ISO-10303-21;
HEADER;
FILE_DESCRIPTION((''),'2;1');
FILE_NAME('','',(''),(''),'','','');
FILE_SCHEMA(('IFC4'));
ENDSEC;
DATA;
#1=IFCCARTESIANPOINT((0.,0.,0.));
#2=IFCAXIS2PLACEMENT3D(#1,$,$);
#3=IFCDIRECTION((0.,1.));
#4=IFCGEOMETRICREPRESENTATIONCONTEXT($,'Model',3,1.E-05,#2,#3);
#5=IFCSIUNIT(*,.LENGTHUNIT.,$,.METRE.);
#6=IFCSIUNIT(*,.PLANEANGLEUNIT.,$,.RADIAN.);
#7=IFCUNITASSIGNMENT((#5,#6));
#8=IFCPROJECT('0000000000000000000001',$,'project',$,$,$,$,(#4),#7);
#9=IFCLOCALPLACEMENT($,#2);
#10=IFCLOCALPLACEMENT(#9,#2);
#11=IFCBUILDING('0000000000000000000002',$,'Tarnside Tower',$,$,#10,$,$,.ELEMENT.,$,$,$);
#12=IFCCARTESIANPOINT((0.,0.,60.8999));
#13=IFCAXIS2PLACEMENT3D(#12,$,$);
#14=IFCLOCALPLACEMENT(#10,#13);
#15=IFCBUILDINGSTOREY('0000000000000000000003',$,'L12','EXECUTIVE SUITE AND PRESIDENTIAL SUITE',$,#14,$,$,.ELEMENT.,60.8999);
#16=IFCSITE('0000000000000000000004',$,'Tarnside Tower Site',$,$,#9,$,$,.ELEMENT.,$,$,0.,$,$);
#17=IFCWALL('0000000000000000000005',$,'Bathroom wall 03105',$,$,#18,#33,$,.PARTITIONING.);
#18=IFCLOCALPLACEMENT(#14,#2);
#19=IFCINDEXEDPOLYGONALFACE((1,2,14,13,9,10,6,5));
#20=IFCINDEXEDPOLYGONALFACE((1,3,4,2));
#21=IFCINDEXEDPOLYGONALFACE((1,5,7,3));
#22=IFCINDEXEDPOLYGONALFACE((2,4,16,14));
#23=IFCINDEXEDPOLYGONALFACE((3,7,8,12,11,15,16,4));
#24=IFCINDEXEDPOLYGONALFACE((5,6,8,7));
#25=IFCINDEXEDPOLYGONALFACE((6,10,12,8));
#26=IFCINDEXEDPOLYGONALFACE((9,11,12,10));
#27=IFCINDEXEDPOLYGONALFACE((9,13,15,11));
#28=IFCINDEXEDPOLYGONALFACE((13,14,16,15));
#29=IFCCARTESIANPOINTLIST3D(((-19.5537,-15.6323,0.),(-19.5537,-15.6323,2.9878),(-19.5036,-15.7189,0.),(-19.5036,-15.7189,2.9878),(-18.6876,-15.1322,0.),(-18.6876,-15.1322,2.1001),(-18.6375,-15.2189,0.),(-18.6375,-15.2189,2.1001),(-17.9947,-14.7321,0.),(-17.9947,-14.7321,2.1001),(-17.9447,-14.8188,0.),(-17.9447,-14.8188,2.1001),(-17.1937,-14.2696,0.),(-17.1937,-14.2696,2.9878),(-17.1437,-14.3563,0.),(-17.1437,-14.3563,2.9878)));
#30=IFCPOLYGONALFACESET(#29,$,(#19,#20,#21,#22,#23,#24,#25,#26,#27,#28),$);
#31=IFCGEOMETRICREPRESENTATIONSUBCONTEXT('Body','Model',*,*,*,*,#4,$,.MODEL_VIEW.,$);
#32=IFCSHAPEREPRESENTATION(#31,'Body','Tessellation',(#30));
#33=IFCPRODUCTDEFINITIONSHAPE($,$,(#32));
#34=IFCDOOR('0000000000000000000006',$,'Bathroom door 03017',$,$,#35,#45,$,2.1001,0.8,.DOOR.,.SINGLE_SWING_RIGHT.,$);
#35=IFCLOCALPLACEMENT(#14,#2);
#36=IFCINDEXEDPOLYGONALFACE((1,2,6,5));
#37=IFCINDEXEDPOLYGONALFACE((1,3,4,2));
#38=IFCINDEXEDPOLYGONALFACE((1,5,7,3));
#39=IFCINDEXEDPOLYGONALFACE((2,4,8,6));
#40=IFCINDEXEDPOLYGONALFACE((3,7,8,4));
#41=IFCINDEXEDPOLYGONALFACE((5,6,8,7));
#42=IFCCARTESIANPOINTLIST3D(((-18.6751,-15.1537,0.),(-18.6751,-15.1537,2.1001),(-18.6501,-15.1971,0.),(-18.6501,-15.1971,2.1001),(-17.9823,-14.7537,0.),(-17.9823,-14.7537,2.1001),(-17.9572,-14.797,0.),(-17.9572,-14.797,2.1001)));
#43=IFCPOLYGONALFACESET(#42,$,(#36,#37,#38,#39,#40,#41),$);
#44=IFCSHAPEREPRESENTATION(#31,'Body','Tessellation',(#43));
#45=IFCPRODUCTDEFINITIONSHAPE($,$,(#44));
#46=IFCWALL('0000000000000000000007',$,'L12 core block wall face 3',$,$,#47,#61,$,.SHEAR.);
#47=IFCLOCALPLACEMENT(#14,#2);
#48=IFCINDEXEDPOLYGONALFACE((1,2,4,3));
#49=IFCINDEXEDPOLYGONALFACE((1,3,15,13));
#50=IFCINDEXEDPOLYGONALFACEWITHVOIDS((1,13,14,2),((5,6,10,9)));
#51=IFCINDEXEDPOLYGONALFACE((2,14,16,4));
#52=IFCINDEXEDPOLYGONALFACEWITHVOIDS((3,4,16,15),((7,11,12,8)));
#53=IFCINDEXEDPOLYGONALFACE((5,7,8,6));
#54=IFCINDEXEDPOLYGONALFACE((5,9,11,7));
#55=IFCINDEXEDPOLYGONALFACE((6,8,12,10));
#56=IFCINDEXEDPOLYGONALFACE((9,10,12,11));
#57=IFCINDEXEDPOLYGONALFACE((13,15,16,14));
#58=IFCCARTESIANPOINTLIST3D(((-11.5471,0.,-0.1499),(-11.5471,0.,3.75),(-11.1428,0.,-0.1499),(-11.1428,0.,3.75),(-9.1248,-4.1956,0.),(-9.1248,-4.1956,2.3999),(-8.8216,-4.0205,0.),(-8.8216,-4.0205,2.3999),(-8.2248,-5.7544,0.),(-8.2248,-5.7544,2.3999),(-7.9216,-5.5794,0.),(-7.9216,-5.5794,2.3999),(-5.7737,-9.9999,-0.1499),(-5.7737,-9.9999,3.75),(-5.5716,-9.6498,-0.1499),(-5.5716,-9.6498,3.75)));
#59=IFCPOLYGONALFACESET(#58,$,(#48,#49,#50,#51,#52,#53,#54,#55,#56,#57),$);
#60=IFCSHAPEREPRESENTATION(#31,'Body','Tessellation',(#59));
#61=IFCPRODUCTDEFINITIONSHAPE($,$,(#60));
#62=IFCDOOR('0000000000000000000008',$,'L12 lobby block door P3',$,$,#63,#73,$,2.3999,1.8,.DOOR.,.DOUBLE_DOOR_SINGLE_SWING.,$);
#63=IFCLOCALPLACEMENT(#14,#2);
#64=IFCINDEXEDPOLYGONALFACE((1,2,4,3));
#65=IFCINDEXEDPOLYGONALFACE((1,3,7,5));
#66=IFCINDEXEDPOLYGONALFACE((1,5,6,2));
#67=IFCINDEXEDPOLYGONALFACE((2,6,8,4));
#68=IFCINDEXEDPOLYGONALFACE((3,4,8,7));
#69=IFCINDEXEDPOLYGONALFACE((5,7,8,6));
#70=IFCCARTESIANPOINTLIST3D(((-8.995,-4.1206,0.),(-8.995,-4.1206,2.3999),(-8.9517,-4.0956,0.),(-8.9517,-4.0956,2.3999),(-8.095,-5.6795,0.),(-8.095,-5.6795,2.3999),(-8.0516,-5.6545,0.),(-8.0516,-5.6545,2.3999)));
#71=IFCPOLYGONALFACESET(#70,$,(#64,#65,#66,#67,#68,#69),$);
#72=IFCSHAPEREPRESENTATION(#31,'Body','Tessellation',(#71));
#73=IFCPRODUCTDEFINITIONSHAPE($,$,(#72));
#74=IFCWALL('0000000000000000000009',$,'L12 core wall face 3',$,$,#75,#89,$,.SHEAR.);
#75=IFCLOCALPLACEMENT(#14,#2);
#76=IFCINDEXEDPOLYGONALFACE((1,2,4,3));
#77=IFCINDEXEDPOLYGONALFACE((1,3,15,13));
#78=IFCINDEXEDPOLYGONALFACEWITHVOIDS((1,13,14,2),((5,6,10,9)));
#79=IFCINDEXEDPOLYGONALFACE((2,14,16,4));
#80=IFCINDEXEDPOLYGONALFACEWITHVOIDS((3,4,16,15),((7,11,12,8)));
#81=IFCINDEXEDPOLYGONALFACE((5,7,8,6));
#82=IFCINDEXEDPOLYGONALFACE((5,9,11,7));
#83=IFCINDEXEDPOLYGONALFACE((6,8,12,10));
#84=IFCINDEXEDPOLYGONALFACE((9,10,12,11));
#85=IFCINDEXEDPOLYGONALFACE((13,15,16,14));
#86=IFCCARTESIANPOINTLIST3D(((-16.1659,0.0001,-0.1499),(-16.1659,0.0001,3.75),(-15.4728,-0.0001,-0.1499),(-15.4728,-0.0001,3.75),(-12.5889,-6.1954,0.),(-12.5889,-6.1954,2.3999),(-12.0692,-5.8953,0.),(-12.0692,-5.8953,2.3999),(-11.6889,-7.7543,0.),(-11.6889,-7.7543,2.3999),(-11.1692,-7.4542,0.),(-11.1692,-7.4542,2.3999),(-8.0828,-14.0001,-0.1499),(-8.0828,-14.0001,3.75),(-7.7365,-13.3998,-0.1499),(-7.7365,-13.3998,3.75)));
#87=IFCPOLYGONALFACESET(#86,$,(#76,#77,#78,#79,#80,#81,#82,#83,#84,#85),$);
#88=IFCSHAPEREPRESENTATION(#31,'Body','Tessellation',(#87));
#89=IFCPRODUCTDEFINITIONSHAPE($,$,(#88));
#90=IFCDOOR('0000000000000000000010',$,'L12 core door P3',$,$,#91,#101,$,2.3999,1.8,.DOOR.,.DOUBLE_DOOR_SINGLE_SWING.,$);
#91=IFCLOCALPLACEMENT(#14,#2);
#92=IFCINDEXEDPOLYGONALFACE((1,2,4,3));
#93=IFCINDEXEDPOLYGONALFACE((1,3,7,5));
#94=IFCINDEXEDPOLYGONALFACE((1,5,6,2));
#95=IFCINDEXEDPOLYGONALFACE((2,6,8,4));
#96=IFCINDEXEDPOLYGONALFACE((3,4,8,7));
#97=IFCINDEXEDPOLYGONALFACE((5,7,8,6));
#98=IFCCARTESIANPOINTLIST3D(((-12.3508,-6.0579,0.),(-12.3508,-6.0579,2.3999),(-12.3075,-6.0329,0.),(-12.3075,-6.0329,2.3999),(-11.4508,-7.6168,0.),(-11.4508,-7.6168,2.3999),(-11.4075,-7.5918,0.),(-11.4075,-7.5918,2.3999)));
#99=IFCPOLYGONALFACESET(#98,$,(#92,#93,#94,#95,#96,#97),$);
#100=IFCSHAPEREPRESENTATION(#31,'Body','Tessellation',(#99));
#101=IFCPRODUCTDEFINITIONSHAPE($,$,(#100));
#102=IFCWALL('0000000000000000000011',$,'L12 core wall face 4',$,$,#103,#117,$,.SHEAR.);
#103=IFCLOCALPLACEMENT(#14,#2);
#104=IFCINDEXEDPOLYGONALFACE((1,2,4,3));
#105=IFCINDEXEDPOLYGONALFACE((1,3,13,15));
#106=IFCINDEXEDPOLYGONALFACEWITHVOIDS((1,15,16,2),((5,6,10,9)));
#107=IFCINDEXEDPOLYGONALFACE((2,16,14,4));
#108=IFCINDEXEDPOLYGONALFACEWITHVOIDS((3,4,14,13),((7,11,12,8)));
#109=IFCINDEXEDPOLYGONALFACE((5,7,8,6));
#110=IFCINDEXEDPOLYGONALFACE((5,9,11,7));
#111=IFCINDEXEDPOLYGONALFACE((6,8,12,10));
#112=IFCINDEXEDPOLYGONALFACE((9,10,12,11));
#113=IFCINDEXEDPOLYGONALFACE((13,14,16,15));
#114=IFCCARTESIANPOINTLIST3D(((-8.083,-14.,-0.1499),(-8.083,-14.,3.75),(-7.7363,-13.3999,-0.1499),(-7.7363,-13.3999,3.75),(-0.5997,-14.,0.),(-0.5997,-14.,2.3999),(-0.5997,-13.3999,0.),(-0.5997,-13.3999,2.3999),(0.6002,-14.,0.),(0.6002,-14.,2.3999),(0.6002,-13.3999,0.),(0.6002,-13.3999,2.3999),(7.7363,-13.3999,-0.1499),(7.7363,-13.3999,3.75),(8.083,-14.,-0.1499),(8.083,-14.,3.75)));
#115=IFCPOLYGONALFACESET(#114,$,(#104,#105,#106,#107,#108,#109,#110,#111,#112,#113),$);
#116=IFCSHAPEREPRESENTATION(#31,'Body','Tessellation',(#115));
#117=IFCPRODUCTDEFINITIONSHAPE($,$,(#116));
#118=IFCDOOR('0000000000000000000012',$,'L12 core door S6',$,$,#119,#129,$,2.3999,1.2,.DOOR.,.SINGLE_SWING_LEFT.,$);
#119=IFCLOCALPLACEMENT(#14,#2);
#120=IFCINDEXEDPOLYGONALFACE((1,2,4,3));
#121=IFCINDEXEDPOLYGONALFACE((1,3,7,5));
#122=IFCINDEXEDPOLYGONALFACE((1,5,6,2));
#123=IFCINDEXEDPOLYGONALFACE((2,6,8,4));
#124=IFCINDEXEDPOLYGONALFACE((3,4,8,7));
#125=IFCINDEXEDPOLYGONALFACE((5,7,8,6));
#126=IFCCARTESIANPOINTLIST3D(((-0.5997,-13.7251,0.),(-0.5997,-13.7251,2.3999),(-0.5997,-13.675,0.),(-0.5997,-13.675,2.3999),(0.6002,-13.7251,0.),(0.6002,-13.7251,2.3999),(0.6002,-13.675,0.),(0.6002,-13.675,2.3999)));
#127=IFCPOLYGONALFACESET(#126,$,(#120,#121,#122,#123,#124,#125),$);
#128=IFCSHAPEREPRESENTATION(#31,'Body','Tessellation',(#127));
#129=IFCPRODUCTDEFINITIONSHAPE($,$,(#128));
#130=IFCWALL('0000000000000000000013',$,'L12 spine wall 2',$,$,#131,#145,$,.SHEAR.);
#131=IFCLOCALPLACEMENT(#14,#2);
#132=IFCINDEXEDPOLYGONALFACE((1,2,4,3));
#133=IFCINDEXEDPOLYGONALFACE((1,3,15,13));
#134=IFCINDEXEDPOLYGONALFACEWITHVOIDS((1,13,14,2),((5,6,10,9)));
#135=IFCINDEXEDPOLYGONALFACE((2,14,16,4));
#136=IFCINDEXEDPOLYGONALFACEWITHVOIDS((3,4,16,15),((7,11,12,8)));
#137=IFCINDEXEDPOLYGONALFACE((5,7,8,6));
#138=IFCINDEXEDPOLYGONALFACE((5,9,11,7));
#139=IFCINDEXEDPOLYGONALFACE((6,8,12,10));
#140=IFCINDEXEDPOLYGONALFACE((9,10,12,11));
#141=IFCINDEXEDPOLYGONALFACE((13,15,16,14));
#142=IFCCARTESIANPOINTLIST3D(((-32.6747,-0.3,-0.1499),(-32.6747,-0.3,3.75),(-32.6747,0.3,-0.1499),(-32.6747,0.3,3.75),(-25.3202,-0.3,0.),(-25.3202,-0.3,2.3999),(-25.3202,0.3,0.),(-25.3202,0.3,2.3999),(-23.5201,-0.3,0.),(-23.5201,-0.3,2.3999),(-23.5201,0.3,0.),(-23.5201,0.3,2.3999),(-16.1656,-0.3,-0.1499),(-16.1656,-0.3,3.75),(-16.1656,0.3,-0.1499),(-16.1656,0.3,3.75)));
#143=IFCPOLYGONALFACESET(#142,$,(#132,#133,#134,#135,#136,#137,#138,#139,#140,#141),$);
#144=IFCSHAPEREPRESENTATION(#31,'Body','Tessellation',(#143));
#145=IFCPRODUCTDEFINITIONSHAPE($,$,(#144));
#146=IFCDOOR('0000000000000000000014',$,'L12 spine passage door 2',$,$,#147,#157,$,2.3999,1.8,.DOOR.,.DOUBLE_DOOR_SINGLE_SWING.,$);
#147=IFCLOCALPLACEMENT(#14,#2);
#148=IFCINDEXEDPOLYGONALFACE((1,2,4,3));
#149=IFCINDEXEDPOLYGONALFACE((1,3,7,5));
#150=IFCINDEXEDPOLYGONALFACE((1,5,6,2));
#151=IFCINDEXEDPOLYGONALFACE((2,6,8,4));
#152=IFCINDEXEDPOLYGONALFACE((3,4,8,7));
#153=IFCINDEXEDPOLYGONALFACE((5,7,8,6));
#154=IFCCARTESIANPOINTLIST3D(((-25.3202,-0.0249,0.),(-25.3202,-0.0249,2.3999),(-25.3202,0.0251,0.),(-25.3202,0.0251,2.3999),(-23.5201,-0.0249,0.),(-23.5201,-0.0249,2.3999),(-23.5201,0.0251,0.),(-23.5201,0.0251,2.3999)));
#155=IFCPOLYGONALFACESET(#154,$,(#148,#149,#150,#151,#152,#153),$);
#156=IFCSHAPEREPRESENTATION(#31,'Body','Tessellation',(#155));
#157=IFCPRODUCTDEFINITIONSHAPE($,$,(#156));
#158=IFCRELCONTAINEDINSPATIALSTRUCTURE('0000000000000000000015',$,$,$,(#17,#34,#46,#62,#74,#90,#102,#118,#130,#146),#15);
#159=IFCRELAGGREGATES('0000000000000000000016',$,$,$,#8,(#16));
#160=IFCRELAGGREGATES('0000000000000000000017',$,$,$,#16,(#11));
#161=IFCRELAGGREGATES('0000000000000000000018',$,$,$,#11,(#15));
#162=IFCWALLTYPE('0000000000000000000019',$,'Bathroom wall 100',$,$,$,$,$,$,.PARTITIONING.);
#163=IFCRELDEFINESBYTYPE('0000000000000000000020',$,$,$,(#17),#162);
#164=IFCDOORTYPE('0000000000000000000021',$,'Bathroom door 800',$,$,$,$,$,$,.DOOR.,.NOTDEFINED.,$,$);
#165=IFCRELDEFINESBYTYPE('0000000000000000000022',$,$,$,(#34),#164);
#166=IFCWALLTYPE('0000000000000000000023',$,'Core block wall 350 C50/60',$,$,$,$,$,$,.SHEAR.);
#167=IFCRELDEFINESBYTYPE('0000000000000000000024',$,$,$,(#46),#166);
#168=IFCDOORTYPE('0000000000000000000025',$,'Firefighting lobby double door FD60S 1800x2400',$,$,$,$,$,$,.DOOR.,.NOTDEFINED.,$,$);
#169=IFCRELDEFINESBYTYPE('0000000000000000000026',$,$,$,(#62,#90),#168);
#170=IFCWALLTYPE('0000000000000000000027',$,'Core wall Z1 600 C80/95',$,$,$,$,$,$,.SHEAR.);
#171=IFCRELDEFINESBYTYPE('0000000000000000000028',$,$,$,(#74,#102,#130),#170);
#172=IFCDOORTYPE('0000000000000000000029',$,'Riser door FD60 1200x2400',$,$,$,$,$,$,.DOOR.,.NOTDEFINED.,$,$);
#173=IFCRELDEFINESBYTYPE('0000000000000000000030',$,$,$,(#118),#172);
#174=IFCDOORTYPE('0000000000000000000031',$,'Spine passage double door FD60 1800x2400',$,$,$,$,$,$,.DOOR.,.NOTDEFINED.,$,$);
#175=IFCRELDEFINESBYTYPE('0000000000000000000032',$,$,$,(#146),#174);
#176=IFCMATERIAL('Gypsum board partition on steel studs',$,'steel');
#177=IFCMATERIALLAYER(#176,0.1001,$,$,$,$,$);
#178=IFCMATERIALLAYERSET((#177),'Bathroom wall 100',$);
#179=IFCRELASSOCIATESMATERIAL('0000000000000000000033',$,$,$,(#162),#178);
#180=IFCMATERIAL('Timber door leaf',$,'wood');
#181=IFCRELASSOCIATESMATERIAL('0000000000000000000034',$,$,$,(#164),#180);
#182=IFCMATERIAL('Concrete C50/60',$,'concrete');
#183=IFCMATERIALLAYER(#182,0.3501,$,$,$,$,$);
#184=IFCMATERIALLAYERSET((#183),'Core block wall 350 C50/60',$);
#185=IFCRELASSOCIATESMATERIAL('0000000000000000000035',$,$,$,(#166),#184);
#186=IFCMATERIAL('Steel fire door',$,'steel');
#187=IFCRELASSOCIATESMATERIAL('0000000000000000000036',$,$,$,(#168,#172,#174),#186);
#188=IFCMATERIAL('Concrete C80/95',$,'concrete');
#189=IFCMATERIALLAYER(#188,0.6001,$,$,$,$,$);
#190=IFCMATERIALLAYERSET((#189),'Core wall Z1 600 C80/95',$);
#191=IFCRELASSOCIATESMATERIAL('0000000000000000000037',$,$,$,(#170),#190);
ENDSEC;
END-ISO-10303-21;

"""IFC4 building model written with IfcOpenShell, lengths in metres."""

from ifc_helpers import new_model, si_unit, direction, frame, frame_2d, origin, place, context, subcontext, project, spatial, polyline, rectangle, outline, extrude, material, layer, layer_set, type_object, element, fill, save


model = new_model("IFC4")

# Units and contexts
model_context = context("Model", 3, precision=1e-05, world=origin(), true_north=direction((0.0, 1.0)))
body_context = subcontext(model_context, "Body", "Model", "MODEL_VIEW")
ifc_project = project(units=[si_unit("LENGTHUNIT", "METRE"), si_unit("PLANEANGLEUNIT", "RADIAN")], contexts=[model_context])

# Site, building, storey
site_placement = place(None, origin())
site = spatial("IfcSite", under=ifc_project, at=site_placement, Name="Tarnside Tower Site", CompositionType="ELEMENT", RefElevation=0.0)
building_placement = place(site_placement, origin())
building = spatial("IfcBuilding", under=site, at=building_placement, Name="Tarnside Tower", CompositionType="ELEMENT")
storey_placement = place(building_placement, frame((0.0, 0.0, 60.8999)))
storey = spatial("IfcBuildingStorey", under=building, at=storey_placement, Name="L12", Description="EXECUTIVE SUITE AND PRESIDENTIAL SUITE", CompositionType="ELEMENT", Elevation=60.8999)

# Walls, openings, doors
ifc_material_1 = material(Name="Gypsum board partition on steel studs", Category="steel")
ifc_layer_1 = layer(ifc_material_1, 0.1001)
ifc_layer_set_1 = layer_set([ifc_layer_1], Name="Bathroom wall 100")
wall_type_1 = type_object("IfcWallType", Name="Bathroom wall 100", PredefinedType="PARTITIONING", material=ifc_layer_set_1)
wall_1_placement = place(storey_placement, frame((-17.1687, -14.313, 0.0), z_axis=(0.0, 0.0, 1.0), x_axis=(-0.866013, -0.500022, 0.0)))
wall_1 = element("IfcWall", 1, at=wall_1_placement, inside=storey, type_object=wall_type_1, Name="Bathroom wall 03105", PredefinedType="PARTITIONING", context=body_context, shape_type="SweptSolid", body=[
    extrude(rectangle(XDim=2.7251, YDim=0.1001, at=frame_2d((1.3625, 0.0))), origin(), (0.0, 0.0, 1.0), 2.9878),
])
opening_1_placement = place(wall_1_placement, frame((0.925, 0.0, 0.0)))
opening_1 = element("IfcOpeningElement", 2, at=opening_1_placement, cuts=wall_1, PredefinedType="OPENING", context=body_context, shape_type="SweptSolid", body=[
    extrude(rectangle(XDim=0.8, YDim=2.1001, at=frame_2d((0.3999, 1.05))), frame((0.0, 0.0601, 0.0), z_axis=(0.0, -1.0, 0.0), x_axis=(1.0, 0.0, 0.0)), (0.0, 0.0, 1.0), 0.1201),
])
ifc_material_2 = material(Name="Timber door leaf", Category="wood")
door_type_1 = type_object("IfcDoorType", Name="Bathroom door 800", OperationType="NOTDEFINED", PredefinedType="DOOR", material=ifc_material_2)
door_1_placement = place(opening_1_placement, origin())
door_1 = element("IfcDoor", 3, at=door_1_placement, inside=storey, type_object=door_type_1, Name="Bathroom door 03017", OperationType="SINGLE_SWING_RIGHT", OverallHeight=2.1001, OverallWidth=0.8, PredefinedType="DOOR", context=body_context, shape_type="SweptSolid", body=[
    extrude(rectangle(XDim=0.8, YDim=2.1001, at=frame_2d((0.3999, 1.05))), frame((0.0, 0.0249, 0.0), z_axis=(0.0, -1.0, 0.0), x_axis=(1.0, 0.0, 0.0)), (0.0, 0.0, 1.0), 0.05),
])
fill(opening_1, door_1)
ifc_material_3 = material(Name="Concrete C50/60", Category="concrete")
ifc_layer_2 = layer(ifc_material_3, 0.3501)
ifc_layer_set_2 = layer_set([ifc_layer_2], Name="Core block wall 350 C50/60")
wall_type_2 = type_object("IfcWallType", Name="Core block wall 350 C50/60", PredefinedType="SHEAR", material=ifc_layer_set_2)
wall_2_placement = place(storey_placement, frame((-11.345, 0.0, -0.1499), z_axis=(0.0, 0.0, 1.0), x_axis=(0.499995, -0.866028, 0.0)))
wall_2 = element("IfcWall", 4, at=wall_2_placement, inside=storey, type_object=wall_type_2, Name="L12 core block wall face 3", PredefinedType="SHEAR", context=body_context, shape_type="SweptSolid", body=[
    extrude(outline(polyline([(-0.1011, -0.175), (11.4458, -0.175), (11.2437, 0.175), (0.1011, 0.175), (-0.1011, -0.175)])), origin(), (0.0, 0.0, 1.0), 3.8999),
])
opening_2_placement = place(wall_2_placement, frame((4.7437, 0.0, 0.1499)))
opening_2 = element("IfcOpeningElement", 5, at=opening_2_placement, cuts=wall_2, PredefinedType="OPENING", context=body_context, shape_type="SweptSolid", body=[
    extrude(rectangle(XDim=1.8, YDim=2.3999, at=frame_2d((0.8999, 1.2))), frame((0.0, 0.1851, 0.0), z_axis=(0.0, -1.0, 0.0), x_axis=(1.0, 0.0, 0.0)), (0.0, 0.0, 1.0), 0.3701),
])
ifc_material_4 = material(Name="Steel fire door", Category="steel")
door_type_2 = type_object("IfcDoorType", Name="Firefighting lobby double door FD60S 1800x2400", OperationType="NOTDEFINED", PredefinedType="DOOR", material=ifc_material_4)
door_2_placement = place(opening_2_placement, origin())
door_2 = element("IfcDoor", 6, at=door_2_placement, inside=storey, type_object=door_type_2, Name="L12 lobby block door P3", OperationType="DOUBLE_DOOR_SINGLE_SWING", OverallHeight=2.3999, OverallWidth=1.8, PredefinedType="DOOR", context=body_context, shape_type="SweptSolid", body=[
    extrude(rectangle(XDim=1.8, YDim=2.3999, at=frame_2d((0.8999, 1.2))), frame((0.0, 0.0249, 0.0), z_axis=(0.0, -1.0, 0.0), x_axis=(1.0, 0.0, 0.0)), (0.0, 0.0, 1.0), 0.05),
])
fill(opening_2, door_2)
ifc_material_5 = material(Name="Concrete C80/95", Category="concrete")
ifc_layer_3 = layer(ifc_material_5, 0.6001)
ifc_layer_set_3 = layer_set([ifc_layer_3], Name="Core wall Z1 600 C80/95")
wall_type_3 = type_object("IfcWallType", Name="Core wall Z1 600 C80/95", PredefinedType="SHEAR", material=ifc_layer_set_3)
wall_3_placement = place(storey_placement, frame((-15.8193, 0.0, -0.1499), z_axis=(0.0, 0.0, 1.0), x_axis=(0.5, -0.866025, 0.0)))
wall_3 = element("IfcWall", 7, at=wall_3_placement, inside=storey, type_object=wall_type_3, Name="L12 core wall face 3", PredefinedType="SHEAR", context=body_context, shape_type="SweptSolid", body=[
    extrude(outline(polyline([(-0.1733, -0.3), (15.9927, -0.3), (15.646, 0.3), (0.1733, 0.3), (-0.1733, -0.3)])), origin(), (0.0, 0.0, 1.0), 3.8999),
])
opening_3_placement = place(wall_3_placement, frame((6.9807, 0.0, 0.1499)))
opening_3 = element("IfcOpeningElement", 8, at=opening_3_placement, cuts=wall_3, PredefinedType="OPENING", context=body_context, shape_type="SweptSolid", body=[
    extrude(rectangle(XDim=1.8, YDim=2.3999, at=frame_2d((0.8999, 1.2))), frame((0.0, 0.3101, 0.0), z_axis=(0.0, -1.0, 0.0), x_axis=(1.0, 0.0, 0.0)), (0.0, 0.0, 1.0), 0.6201),
])
door_3_placement = place(opening_3_placement, origin())
door_3 = element("IfcDoor", 9, at=door_3_placement, inside=storey, type_object=door_type_2, Name="L12 core door P3", OperationType="DOUBLE_DOOR_SINGLE_SWING", OverallHeight=2.3999, OverallWidth=1.8, PredefinedType="DOOR", context=body_context, shape_type="SweptSolid", body=[
    extrude(rectangle(XDim=1.8, YDim=2.3999, at=frame_2d((0.8999, 1.2))), frame((0.0, 0.0249, 0.0), z_axis=(0.0, -1.0, 0.0), x_axis=(1.0, 0.0, 0.0)), (0.0, 0.0, 1.0), 0.05),
])
fill(opening_3, door_3)
wall_4_placement = place(storey_placement, frame((-7.9097, -13.7, -0.1499), z_axis=(0.0, 0.0, 1.0), x_axis=(1.0, 0.0, 0.0)))
wall_4 = element("IfcWall", 10, at=wall_4_placement, inside=storey, type_object=wall_type_3, Name="L12 core wall face 4", PredefinedType="SHEAR", context=body_context, shape_type="SweptSolid", body=[
    extrude(outline(polyline([(-0.1733, -0.3), (15.9927, -0.3), (15.646, 0.3), (0.1733, 0.3), (-0.1733, -0.3)])), origin(), (0.0, 0.0, 1.0), 3.8999),
])
opening_4_placement = place(wall_4_placement, frame((7.3098, 0.0, 0.1499)))
opening_4 = element("IfcOpeningElement", 11, at=opening_4_placement, cuts=wall_4, PredefinedType="OPENING", context=body_context, shape_type="SweptSolid", body=[
    extrude(rectangle(XDim=1.2, YDim=2.3999, at=frame_2d((0.6001, 1.2))), frame((0.0, 0.3101, 0.0), z_axis=(0.0, -1.0, 0.0), x_axis=(1.0, 0.0, 0.0)), (0.0, 0.0, 1.0), 0.6201),
])
door_type_3 = type_object("IfcDoorType", Name="Riser door FD60 1200x2400", OperationType="NOTDEFINED", PredefinedType="DOOR", material=ifc_material_4)
door_4_placement = place(opening_4_placement, origin())
door_4 = element("IfcDoor", 12, at=door_4_placement, inside=storey, type_object=door_type_3, Name="L12 core door S6", OperationType="SINGLE_SWING_LEFT", OverallHeight=2.3999, OverallWidth=1.2, PredefinedType="DOOR", context=body_context, shape_type="SweptSolid", body=[
    extrude(rectangle(XDim=1.2, YDim=2.3999, at=frame_2d((0.6001, 1.2))), frame((0.0, 0.0249, 0.0), z_axis=(0.0, -1.0, 0.0), x_axis=(1.0, 0.0, 0.0)), (0.0, 0.0, 1.0), 0.05),
])
fill(opening_4, door_4)
wall_5_placement = place(storey_placement, frame((-16.1658, 0.0, -0.1499), z_axis=(0.0, 0.0, 1.0), x_axis=(-1.0, 0.0, 0.0)))
wall_5 = element("IfcWall", 13, at=wall_5_placement, inside=storey, type_object=wall_type_3, Name="L12 spine wall 2", PredefinedType="SHEAR", context=body_context, shape_type="SweptSolid", body=[
    extrude(rectangle(XDim=16.509, YDim=0.6001, at=frame_2d((8.2544, 0.0))), origin(), (0.0, 0.0, 1.0), 3.8999),
])
opening_5_placement = place(wall_5_placement, frame((7.3545, 0.0, 0.1499)))
opening_5 = element("IfcOpeningElement", 14, at=opening_5_placement, cuts=wall_5, PredefinedType="OPENING", context=body_context, shape_type="SweptSolid", body=[
    extrude(rectangle(XDim=1.8, YDim=2.3999, at=frame_2d((0.8999, 1.2))), frame((0.0, 0.3101, 0.0), z_axis=(0.0, -1.0, 0.0), x_axis=(1.0, 0.0, 0.0)), (0.0, 0.0, 1.0), 0.6201),
])
door_type_4 = type_object("IfcDoorType", Name="Spine passage double door FD60 1800x2400", OperationType="NOTDEFINED", PredefinedType="DOOR", material=ifc_material_4)
door_5_placement = place(opening_5_placement, origin())
door_5 = element("IfcDoor", 15, at=door_5_placement, inside=storey, type_object=door_type_4, Name="L12 spine passage door 2", OperationType="DOUBLE_DOOR_SINGLE_SWING", OverallHeight=2.3999, OverallWidth=1.8, PredefinedType="DOOR", context=body_context, shape_type="SweptSolid", body=[
    extrude(rectangle(XDim=1.8, YDim=2.3999, at=frame_2d((0.8999, 1.2))), frame((0.0, 0.0249, 0.0), z_axis=(0.0, -1.0, 0.0), x_axis=(1.0, 0.0, 0.0)), (0.0, 0.0, 1.0), 0.05),
])
fill(opening_5, door_5)

save(model, "model.ifc")
